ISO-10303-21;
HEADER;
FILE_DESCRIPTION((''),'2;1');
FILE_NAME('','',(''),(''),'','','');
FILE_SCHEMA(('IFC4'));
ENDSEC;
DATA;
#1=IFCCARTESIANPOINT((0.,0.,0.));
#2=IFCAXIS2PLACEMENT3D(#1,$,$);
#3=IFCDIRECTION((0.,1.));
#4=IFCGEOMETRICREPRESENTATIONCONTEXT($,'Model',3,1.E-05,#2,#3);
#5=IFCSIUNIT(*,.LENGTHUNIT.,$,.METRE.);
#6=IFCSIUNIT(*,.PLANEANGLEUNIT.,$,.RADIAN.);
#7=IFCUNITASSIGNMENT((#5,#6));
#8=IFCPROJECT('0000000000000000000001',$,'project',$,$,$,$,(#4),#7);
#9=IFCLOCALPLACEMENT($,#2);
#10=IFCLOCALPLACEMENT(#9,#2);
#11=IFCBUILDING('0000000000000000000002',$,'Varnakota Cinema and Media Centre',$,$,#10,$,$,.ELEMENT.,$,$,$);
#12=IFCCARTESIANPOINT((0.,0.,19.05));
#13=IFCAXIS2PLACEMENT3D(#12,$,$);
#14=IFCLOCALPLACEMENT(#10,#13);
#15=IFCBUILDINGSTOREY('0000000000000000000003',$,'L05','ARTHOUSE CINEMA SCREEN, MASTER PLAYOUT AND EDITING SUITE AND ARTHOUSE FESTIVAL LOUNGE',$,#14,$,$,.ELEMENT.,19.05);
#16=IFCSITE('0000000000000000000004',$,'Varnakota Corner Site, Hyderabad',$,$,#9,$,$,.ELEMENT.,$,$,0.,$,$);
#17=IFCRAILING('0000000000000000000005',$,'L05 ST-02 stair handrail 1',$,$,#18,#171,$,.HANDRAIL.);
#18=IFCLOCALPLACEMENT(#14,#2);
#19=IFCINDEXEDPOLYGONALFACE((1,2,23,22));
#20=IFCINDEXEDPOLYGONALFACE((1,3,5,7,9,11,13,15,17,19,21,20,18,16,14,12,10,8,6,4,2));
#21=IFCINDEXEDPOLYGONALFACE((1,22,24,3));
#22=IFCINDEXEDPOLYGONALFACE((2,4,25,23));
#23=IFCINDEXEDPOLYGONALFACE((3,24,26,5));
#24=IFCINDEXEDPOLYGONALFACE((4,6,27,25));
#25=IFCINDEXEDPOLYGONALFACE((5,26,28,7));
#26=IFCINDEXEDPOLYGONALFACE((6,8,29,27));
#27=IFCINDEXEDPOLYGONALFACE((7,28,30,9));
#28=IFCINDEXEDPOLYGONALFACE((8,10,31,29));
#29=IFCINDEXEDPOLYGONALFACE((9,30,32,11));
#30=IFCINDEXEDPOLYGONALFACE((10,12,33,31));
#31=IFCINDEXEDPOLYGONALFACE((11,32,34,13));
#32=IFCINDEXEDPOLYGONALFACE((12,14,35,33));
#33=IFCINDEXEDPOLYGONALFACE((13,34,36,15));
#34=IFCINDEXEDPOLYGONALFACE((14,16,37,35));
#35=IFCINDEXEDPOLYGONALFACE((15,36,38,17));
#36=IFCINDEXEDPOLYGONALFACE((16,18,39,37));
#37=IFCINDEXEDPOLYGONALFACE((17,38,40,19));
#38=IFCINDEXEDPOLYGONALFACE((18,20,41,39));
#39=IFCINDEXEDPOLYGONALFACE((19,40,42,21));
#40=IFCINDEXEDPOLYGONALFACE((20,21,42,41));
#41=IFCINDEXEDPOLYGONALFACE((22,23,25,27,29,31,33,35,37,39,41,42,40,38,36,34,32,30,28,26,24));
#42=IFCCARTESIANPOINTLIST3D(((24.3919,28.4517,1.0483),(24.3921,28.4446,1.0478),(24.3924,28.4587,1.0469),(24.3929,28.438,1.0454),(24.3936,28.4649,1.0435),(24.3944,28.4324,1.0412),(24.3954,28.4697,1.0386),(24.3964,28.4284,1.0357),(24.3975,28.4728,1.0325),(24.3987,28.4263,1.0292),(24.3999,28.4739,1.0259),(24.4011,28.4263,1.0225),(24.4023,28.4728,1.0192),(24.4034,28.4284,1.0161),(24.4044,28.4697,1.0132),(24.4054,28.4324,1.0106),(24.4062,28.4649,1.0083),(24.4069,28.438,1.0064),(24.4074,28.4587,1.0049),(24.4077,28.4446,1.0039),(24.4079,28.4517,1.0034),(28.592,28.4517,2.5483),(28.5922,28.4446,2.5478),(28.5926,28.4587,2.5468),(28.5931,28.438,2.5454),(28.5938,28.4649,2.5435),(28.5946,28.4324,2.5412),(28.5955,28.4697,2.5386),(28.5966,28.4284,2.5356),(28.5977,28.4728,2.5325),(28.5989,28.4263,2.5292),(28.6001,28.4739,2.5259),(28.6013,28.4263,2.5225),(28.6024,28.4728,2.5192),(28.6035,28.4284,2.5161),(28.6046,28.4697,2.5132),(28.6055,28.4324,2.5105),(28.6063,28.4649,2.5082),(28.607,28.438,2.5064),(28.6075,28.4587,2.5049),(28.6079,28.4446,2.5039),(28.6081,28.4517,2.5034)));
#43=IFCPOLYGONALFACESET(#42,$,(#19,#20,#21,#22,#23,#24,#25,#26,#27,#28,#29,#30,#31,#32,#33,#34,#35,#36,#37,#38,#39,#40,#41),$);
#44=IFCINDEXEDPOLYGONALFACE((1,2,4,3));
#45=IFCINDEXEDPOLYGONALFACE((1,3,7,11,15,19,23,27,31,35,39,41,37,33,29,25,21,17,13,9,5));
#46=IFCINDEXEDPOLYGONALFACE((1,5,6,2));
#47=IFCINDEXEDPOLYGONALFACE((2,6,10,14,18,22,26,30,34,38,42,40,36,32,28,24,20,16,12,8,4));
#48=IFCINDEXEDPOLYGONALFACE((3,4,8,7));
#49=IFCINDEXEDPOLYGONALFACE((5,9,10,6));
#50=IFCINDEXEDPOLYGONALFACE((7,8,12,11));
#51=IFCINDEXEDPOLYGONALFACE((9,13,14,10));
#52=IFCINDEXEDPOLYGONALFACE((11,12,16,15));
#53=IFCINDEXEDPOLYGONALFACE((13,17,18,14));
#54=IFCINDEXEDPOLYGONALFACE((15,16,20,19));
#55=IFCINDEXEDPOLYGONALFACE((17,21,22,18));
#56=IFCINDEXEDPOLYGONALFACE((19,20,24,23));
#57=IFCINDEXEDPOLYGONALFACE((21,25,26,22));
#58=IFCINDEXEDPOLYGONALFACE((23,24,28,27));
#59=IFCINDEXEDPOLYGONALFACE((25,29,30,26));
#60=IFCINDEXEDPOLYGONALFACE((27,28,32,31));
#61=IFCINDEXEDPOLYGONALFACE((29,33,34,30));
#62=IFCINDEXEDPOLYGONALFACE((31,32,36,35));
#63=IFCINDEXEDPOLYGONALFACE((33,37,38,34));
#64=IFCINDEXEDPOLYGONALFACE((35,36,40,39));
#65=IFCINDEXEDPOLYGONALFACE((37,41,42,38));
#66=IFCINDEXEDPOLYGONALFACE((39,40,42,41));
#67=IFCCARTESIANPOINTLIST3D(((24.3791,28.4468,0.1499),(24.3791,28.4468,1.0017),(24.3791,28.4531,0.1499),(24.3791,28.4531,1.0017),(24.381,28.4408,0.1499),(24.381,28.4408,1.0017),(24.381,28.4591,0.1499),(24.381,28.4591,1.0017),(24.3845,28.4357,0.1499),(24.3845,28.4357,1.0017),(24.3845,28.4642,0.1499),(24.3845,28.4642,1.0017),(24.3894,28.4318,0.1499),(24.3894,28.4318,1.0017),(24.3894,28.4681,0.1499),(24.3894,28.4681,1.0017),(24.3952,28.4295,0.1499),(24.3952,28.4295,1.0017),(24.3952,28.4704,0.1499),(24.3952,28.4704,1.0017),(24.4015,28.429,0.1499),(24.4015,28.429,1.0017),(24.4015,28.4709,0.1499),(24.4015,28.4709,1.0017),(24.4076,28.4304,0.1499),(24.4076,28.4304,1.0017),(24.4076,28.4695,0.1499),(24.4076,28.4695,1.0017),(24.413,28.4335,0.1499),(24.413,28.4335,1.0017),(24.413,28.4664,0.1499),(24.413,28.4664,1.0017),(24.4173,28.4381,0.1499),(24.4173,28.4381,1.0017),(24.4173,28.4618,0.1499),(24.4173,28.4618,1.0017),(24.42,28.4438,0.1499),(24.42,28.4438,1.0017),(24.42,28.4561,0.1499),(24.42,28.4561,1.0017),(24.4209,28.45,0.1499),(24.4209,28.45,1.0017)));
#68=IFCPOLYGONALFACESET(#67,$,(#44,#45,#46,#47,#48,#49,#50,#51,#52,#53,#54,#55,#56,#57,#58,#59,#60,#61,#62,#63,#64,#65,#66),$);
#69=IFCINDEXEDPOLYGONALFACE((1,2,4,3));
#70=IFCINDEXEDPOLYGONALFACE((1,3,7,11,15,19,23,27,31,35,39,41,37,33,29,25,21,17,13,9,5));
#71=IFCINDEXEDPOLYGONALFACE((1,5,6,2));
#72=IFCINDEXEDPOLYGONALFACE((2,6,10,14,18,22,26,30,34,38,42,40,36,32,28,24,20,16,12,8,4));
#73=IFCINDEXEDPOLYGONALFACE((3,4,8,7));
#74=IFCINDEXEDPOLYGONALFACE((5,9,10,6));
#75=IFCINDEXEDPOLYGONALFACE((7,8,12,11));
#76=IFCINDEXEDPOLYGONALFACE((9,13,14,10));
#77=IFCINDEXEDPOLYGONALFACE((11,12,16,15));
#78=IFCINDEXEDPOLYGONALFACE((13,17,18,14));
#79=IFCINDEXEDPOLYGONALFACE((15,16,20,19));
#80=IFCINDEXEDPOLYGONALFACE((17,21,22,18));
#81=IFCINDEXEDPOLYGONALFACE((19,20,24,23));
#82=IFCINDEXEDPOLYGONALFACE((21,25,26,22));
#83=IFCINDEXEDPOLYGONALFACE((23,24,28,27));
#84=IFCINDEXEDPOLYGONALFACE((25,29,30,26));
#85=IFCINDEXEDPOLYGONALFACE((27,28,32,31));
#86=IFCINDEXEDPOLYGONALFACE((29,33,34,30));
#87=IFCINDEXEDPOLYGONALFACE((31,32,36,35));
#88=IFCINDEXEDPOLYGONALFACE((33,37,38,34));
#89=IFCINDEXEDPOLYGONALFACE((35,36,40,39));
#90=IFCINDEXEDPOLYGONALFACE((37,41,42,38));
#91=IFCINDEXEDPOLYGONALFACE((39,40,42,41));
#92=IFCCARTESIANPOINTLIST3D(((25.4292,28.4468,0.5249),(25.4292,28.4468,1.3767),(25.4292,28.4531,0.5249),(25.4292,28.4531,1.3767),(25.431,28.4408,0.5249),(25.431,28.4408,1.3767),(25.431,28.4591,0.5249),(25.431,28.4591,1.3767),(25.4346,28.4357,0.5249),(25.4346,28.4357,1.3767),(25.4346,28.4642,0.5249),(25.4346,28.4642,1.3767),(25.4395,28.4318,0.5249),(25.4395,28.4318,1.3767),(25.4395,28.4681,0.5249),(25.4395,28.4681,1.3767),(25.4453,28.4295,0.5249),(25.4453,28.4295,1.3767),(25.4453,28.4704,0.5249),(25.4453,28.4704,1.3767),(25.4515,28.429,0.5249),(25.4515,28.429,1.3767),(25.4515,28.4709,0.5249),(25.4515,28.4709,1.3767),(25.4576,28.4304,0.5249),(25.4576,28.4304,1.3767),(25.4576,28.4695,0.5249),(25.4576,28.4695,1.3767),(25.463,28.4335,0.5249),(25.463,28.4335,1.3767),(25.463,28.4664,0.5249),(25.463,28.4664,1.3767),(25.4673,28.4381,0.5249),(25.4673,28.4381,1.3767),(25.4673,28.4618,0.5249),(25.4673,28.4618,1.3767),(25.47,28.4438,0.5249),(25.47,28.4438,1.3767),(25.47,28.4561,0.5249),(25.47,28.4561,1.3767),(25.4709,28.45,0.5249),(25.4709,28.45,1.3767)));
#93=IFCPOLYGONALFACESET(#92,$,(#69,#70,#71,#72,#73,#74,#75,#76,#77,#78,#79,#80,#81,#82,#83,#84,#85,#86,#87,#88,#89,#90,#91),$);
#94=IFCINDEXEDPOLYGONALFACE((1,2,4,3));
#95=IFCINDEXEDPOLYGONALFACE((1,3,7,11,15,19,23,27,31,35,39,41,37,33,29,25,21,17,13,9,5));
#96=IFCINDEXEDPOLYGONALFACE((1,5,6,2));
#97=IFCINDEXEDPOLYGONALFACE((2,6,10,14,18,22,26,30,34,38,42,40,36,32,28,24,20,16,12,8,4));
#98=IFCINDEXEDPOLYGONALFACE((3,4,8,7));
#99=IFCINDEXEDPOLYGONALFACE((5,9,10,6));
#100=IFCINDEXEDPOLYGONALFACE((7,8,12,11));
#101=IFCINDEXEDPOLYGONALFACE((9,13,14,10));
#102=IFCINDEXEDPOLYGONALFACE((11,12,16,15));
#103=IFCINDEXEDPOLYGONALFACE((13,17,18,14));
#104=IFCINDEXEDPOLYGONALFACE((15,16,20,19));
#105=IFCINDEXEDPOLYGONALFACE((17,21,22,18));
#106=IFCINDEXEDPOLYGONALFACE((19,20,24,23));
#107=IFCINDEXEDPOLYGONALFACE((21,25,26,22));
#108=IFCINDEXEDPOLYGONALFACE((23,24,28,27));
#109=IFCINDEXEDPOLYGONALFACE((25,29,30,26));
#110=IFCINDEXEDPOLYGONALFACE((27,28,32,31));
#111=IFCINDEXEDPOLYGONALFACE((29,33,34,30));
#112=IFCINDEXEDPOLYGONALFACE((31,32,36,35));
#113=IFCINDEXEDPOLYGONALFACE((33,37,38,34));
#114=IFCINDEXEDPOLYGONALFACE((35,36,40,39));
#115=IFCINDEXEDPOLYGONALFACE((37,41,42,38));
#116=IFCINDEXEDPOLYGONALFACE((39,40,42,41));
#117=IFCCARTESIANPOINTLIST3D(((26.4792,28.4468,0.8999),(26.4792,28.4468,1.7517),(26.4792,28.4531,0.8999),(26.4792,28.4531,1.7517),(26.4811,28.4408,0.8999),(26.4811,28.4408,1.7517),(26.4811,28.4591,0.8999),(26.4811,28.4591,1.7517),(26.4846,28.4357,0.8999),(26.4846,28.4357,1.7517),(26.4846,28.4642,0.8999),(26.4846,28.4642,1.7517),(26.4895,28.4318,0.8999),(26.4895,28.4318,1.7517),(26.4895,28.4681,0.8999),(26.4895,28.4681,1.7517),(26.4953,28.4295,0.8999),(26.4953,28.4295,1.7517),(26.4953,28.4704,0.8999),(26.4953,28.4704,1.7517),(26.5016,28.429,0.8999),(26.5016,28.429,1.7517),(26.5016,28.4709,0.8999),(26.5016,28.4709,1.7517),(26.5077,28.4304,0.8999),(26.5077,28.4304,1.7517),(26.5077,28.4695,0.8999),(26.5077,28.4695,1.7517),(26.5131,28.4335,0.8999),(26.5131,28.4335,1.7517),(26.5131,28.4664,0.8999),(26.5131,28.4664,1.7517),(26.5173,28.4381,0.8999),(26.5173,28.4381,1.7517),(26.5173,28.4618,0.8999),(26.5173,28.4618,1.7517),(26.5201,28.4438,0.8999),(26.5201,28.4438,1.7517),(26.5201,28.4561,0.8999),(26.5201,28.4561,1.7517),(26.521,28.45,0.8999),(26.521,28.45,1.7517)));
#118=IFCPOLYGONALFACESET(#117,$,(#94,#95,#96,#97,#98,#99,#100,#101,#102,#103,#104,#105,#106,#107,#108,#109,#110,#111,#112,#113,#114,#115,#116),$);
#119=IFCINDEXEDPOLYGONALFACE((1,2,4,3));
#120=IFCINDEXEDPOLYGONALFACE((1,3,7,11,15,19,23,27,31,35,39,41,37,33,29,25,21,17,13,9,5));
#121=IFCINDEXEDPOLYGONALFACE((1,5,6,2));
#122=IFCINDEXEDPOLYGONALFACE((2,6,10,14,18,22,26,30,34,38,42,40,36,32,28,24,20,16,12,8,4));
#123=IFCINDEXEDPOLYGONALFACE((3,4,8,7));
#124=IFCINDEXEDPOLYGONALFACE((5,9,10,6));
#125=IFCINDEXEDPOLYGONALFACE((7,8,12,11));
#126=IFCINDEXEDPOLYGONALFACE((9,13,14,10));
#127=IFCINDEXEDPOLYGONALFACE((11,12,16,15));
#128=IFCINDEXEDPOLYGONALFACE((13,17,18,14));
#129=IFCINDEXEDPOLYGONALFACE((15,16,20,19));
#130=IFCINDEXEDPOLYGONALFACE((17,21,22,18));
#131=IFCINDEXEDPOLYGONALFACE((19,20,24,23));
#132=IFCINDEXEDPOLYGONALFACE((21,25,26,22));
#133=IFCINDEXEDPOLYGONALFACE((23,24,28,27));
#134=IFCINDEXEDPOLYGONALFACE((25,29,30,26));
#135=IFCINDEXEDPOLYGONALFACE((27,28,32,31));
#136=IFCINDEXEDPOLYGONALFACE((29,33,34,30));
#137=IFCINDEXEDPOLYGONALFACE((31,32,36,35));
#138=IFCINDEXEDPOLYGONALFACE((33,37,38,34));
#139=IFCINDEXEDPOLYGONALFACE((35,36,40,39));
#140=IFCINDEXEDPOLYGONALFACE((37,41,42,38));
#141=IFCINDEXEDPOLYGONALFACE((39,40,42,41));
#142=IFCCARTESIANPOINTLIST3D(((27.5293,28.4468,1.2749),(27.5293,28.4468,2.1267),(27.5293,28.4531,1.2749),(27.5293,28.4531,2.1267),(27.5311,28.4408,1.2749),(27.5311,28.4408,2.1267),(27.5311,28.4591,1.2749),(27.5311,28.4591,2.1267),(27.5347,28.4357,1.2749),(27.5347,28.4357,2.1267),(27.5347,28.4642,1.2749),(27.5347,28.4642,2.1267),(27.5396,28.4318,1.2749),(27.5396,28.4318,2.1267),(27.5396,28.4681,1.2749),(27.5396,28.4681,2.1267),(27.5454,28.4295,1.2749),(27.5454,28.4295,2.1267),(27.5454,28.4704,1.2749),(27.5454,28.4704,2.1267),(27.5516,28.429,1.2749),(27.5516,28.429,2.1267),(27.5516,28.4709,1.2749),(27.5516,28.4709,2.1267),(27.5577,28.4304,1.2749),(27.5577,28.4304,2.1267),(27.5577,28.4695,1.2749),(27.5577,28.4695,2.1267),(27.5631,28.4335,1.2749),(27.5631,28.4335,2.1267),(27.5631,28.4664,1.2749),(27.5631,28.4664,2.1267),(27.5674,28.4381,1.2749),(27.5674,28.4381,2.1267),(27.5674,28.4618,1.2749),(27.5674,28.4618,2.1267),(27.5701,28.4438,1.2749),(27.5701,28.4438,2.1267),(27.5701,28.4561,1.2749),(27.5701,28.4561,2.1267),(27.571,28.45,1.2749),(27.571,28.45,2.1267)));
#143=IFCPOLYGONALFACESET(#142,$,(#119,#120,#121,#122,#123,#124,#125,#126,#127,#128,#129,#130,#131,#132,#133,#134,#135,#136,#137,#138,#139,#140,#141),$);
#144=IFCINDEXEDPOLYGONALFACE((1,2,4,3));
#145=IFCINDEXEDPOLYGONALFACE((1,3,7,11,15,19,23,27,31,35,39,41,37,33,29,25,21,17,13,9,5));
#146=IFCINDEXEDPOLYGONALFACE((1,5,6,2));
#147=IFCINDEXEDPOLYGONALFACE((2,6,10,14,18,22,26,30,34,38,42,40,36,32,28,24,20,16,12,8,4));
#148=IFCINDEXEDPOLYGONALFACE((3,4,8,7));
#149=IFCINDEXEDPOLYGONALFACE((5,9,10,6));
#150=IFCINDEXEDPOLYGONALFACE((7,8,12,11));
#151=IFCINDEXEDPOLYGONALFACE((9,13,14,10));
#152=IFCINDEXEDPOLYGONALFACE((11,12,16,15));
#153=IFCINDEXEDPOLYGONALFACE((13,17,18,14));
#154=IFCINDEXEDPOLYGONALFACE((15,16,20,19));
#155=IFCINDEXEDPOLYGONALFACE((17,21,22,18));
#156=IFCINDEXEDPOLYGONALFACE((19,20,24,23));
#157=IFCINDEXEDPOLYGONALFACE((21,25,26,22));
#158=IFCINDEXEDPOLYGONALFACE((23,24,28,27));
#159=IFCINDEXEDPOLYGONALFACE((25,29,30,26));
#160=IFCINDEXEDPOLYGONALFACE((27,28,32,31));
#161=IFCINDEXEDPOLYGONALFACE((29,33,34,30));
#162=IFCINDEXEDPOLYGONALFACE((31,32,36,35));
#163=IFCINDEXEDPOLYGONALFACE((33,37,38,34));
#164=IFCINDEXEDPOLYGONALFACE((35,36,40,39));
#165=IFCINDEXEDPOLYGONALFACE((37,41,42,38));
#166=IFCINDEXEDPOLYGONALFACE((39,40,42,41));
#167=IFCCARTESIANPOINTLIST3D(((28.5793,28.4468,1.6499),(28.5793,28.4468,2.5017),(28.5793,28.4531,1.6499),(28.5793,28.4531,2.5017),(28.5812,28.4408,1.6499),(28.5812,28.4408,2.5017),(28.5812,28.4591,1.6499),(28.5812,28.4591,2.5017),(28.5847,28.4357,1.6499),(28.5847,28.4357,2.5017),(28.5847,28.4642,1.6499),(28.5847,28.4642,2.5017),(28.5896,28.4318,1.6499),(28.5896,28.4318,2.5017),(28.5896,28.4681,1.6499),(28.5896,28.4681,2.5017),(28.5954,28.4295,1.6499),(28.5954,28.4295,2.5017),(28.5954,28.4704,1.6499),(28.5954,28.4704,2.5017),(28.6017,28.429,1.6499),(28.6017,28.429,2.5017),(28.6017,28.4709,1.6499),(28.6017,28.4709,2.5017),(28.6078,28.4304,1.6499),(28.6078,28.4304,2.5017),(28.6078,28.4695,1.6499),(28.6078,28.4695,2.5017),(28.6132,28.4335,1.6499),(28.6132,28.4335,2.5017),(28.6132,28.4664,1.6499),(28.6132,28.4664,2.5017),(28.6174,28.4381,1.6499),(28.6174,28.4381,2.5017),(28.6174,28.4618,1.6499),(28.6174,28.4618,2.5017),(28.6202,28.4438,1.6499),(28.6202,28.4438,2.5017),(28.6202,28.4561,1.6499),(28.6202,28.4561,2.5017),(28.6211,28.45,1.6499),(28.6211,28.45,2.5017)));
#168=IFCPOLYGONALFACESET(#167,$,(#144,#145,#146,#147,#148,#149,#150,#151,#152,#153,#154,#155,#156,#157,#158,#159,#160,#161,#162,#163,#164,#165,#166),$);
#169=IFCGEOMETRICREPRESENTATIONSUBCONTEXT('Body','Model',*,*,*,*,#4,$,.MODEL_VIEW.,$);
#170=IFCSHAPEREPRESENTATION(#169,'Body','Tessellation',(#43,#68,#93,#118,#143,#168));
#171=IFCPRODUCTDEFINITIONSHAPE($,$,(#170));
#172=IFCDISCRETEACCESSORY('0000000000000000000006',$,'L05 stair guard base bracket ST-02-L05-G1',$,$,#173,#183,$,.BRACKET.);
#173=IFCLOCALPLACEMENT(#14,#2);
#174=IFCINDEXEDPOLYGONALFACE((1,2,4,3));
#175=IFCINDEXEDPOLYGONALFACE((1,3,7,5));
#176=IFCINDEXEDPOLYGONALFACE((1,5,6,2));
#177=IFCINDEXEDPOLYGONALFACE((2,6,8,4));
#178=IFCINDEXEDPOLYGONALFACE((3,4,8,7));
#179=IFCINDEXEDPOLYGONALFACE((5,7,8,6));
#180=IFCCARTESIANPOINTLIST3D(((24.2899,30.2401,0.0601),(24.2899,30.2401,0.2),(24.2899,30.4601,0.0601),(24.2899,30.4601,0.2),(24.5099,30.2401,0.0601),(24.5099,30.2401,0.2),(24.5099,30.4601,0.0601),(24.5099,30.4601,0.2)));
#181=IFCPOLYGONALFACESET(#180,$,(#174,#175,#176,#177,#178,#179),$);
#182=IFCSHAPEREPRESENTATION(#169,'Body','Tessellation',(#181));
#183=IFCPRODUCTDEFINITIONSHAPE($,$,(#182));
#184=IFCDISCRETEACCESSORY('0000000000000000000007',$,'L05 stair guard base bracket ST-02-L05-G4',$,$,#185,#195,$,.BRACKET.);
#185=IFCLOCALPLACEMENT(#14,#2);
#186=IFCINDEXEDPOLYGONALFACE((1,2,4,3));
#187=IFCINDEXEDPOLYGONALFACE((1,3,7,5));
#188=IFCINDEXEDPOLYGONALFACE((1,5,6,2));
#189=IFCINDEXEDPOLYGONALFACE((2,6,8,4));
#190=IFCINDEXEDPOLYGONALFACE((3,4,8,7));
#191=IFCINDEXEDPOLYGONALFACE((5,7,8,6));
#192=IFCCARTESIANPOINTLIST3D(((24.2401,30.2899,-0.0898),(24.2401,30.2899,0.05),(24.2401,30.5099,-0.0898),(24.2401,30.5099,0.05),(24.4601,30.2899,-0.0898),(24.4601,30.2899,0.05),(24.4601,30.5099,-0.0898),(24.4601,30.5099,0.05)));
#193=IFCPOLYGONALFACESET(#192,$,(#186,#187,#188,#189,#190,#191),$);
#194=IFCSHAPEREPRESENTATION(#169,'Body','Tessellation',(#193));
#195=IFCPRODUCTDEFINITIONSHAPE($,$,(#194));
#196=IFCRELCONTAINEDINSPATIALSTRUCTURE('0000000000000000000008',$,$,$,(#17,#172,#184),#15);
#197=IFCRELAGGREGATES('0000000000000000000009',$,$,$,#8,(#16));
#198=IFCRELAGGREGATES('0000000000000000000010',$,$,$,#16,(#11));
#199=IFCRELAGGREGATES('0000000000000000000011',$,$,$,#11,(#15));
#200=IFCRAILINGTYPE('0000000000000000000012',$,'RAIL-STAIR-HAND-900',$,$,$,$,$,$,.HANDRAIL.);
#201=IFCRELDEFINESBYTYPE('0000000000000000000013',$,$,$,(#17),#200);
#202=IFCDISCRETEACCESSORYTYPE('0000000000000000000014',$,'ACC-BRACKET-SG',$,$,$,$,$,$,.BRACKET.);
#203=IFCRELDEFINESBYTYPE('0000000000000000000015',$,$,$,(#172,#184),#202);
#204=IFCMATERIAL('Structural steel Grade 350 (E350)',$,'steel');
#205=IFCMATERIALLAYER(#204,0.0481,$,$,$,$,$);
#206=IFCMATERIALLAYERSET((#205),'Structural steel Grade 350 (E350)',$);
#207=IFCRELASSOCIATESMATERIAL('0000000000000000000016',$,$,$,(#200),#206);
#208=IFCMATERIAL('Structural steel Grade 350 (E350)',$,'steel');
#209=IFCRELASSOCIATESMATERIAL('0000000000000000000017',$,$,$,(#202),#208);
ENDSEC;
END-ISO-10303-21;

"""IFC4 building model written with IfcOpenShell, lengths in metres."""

from ifc_helpers import new_model, si_unit, direction, frame, origin, origin_2d, place, context, subcontext, project, spatial, rectangle, circle, extrude, material, layer, layer_set, type_object, element, save


model = new_model("IFC4")

# Units and contexts
model_context = context("Model", 3, precision=1e-05, world=origin(), true_north=direction((0.0, 1.0)))
body_context = subcontext(model_context, "Body", "Model", "MODEL_VIEW")
ifc_project = project(units=[si_unit("LENGTHUNIT", "METRE"), si_unit("PLANEANGLEUNIT", "RADIAN")], contexts=[model_context])

# Site, building, storey
site_placement = place(None, origin())
site = spatial("IfcSite", under=ifc_project, at=site_placement, Name="Varnakota Corner Site, Hyderabad", CompositionType="ELEMENT", RefElevation=0.0)
building_placement = place(site_placement, origin())
building = spatial("IfcBuilding", under=site, at=building_placement, Name="Varnakota Cinema and Media Centre", CompositionType="ELEMENT")
storey_placement = place(building_placement, frame((0.0, 0.0, 19.05)))
storey = spatial("IfcBuildingStorey", under=building, at=storey_placement, Name="L05", Description="ARTHOUSE CINEMA SCREEN, MASTER PLAYOUT AND EDITING SUITE AND ARTHOUSE FESTIVAL LOUNGE", CompositionType="ELEMENT", Elevation=19.05)

# Railing
ifc_material_1 = material(Name="Structural steel Grade 350 (E350)", Category="steel")
ifc_layer_1 = layer(ifc_material_1, 0.0481)
ifc_layer_set_1 = layer_set([ifc_layer_1], Name="Structural steel Grade 350 (E350)")
railing_type_1 = type_object("IfcRailingType", Name="RAIL-STAIR-HAND-900", PredefinedType="HANDRAIL", material=ifc_layer_set_1)
railing_1_placement = place(storey_placement, frame((24.3999, 28.45, 0.1499)))
element("IfcRailing", 1, at=railing_1_placement, inside=storey, type_object=railing_type_1, Name="L05 ST-02 stair handrail 1", PredefinedType="HANDRAIL", context=body_context, shape_type="SweptSolid", body=[
    extrude(circle(Radius=0.0239, at=origin_2d()), frame((0.0, 0.0, 0.876), z_axis=(0.941747, 0.0, 0.336323), x_axis=(0.0, 1.0, 0.0)), (0.0, 0.0, 1.0), 4.46),
    extrude(circle(Radius=0.021, at=origin_2d()), origin(), (0.0, 0.0, 1.0), 0.8518),
    extrude(circle(Radius=0.021, at=origin_2d()), frame((1.05, 0.0, 0.375)), (0.0, 0.0, 1.0), 0.8518),
    extrude(circle(Radius=0.021, at=origin_2d()), frame((2.1001, 0.0, 0.75)), (0.0, 0.0, 1.0), 0.8518),
    extrude(circle(Radius=0.021, at=origin_2d()), frame((3.1501, 0.0, 1.125)), (0.0, 0.0, 1.0), 0.8518),
    extrude(circle(Radius=0.021, at=origin_2d()), frame((4.2002, 0.0, 1.5)), (0.0, 0.0, 1.0), 0.8518),
])

# Discrete accessories
ifc_material_2 = material(Name="Structural steel Grade 350 (E350)", Category="steel")
discrete_accessory_type = type_object("IfcDiscreteAccessoryType", Name="ACC-BRACKET-SG", PredefinedType="BRACKET", material=ifc_material_2)
for number, where, z_axis, x_axis, name in (
    (2, (24.3999, 30.3501, 0.0601), (0.0, 0.0, 1.0), (1.0, 0.0, 0.0), "L05 stair guard base bracket ST-02-L05-G1"),
    (3, (24.3501, 30.3999, -0.0898), (0.0, 0.0, 1.0), (1.0, 0.0, 0.0), "L05 stair guard base bracket ST-02-L05-G4"),
):
    element("IfcDiscreteAccessory", number, at=place(storey_placement, frame(where, z_axis=z_axis, x_axis=x_axis)), inside=storey, type_object=discrete_accessory_type, Name=name, PredefinedType="BRACKET", context=body_context, shape_type="SweptSolid", body=[
        extrude(rectangle(XDim=0.22, YDim=0.22, at=origin_2d()), origin(), (0.0, 0.0, 1.0), 0.1399),
    ])

save(model, "model.ifc")
